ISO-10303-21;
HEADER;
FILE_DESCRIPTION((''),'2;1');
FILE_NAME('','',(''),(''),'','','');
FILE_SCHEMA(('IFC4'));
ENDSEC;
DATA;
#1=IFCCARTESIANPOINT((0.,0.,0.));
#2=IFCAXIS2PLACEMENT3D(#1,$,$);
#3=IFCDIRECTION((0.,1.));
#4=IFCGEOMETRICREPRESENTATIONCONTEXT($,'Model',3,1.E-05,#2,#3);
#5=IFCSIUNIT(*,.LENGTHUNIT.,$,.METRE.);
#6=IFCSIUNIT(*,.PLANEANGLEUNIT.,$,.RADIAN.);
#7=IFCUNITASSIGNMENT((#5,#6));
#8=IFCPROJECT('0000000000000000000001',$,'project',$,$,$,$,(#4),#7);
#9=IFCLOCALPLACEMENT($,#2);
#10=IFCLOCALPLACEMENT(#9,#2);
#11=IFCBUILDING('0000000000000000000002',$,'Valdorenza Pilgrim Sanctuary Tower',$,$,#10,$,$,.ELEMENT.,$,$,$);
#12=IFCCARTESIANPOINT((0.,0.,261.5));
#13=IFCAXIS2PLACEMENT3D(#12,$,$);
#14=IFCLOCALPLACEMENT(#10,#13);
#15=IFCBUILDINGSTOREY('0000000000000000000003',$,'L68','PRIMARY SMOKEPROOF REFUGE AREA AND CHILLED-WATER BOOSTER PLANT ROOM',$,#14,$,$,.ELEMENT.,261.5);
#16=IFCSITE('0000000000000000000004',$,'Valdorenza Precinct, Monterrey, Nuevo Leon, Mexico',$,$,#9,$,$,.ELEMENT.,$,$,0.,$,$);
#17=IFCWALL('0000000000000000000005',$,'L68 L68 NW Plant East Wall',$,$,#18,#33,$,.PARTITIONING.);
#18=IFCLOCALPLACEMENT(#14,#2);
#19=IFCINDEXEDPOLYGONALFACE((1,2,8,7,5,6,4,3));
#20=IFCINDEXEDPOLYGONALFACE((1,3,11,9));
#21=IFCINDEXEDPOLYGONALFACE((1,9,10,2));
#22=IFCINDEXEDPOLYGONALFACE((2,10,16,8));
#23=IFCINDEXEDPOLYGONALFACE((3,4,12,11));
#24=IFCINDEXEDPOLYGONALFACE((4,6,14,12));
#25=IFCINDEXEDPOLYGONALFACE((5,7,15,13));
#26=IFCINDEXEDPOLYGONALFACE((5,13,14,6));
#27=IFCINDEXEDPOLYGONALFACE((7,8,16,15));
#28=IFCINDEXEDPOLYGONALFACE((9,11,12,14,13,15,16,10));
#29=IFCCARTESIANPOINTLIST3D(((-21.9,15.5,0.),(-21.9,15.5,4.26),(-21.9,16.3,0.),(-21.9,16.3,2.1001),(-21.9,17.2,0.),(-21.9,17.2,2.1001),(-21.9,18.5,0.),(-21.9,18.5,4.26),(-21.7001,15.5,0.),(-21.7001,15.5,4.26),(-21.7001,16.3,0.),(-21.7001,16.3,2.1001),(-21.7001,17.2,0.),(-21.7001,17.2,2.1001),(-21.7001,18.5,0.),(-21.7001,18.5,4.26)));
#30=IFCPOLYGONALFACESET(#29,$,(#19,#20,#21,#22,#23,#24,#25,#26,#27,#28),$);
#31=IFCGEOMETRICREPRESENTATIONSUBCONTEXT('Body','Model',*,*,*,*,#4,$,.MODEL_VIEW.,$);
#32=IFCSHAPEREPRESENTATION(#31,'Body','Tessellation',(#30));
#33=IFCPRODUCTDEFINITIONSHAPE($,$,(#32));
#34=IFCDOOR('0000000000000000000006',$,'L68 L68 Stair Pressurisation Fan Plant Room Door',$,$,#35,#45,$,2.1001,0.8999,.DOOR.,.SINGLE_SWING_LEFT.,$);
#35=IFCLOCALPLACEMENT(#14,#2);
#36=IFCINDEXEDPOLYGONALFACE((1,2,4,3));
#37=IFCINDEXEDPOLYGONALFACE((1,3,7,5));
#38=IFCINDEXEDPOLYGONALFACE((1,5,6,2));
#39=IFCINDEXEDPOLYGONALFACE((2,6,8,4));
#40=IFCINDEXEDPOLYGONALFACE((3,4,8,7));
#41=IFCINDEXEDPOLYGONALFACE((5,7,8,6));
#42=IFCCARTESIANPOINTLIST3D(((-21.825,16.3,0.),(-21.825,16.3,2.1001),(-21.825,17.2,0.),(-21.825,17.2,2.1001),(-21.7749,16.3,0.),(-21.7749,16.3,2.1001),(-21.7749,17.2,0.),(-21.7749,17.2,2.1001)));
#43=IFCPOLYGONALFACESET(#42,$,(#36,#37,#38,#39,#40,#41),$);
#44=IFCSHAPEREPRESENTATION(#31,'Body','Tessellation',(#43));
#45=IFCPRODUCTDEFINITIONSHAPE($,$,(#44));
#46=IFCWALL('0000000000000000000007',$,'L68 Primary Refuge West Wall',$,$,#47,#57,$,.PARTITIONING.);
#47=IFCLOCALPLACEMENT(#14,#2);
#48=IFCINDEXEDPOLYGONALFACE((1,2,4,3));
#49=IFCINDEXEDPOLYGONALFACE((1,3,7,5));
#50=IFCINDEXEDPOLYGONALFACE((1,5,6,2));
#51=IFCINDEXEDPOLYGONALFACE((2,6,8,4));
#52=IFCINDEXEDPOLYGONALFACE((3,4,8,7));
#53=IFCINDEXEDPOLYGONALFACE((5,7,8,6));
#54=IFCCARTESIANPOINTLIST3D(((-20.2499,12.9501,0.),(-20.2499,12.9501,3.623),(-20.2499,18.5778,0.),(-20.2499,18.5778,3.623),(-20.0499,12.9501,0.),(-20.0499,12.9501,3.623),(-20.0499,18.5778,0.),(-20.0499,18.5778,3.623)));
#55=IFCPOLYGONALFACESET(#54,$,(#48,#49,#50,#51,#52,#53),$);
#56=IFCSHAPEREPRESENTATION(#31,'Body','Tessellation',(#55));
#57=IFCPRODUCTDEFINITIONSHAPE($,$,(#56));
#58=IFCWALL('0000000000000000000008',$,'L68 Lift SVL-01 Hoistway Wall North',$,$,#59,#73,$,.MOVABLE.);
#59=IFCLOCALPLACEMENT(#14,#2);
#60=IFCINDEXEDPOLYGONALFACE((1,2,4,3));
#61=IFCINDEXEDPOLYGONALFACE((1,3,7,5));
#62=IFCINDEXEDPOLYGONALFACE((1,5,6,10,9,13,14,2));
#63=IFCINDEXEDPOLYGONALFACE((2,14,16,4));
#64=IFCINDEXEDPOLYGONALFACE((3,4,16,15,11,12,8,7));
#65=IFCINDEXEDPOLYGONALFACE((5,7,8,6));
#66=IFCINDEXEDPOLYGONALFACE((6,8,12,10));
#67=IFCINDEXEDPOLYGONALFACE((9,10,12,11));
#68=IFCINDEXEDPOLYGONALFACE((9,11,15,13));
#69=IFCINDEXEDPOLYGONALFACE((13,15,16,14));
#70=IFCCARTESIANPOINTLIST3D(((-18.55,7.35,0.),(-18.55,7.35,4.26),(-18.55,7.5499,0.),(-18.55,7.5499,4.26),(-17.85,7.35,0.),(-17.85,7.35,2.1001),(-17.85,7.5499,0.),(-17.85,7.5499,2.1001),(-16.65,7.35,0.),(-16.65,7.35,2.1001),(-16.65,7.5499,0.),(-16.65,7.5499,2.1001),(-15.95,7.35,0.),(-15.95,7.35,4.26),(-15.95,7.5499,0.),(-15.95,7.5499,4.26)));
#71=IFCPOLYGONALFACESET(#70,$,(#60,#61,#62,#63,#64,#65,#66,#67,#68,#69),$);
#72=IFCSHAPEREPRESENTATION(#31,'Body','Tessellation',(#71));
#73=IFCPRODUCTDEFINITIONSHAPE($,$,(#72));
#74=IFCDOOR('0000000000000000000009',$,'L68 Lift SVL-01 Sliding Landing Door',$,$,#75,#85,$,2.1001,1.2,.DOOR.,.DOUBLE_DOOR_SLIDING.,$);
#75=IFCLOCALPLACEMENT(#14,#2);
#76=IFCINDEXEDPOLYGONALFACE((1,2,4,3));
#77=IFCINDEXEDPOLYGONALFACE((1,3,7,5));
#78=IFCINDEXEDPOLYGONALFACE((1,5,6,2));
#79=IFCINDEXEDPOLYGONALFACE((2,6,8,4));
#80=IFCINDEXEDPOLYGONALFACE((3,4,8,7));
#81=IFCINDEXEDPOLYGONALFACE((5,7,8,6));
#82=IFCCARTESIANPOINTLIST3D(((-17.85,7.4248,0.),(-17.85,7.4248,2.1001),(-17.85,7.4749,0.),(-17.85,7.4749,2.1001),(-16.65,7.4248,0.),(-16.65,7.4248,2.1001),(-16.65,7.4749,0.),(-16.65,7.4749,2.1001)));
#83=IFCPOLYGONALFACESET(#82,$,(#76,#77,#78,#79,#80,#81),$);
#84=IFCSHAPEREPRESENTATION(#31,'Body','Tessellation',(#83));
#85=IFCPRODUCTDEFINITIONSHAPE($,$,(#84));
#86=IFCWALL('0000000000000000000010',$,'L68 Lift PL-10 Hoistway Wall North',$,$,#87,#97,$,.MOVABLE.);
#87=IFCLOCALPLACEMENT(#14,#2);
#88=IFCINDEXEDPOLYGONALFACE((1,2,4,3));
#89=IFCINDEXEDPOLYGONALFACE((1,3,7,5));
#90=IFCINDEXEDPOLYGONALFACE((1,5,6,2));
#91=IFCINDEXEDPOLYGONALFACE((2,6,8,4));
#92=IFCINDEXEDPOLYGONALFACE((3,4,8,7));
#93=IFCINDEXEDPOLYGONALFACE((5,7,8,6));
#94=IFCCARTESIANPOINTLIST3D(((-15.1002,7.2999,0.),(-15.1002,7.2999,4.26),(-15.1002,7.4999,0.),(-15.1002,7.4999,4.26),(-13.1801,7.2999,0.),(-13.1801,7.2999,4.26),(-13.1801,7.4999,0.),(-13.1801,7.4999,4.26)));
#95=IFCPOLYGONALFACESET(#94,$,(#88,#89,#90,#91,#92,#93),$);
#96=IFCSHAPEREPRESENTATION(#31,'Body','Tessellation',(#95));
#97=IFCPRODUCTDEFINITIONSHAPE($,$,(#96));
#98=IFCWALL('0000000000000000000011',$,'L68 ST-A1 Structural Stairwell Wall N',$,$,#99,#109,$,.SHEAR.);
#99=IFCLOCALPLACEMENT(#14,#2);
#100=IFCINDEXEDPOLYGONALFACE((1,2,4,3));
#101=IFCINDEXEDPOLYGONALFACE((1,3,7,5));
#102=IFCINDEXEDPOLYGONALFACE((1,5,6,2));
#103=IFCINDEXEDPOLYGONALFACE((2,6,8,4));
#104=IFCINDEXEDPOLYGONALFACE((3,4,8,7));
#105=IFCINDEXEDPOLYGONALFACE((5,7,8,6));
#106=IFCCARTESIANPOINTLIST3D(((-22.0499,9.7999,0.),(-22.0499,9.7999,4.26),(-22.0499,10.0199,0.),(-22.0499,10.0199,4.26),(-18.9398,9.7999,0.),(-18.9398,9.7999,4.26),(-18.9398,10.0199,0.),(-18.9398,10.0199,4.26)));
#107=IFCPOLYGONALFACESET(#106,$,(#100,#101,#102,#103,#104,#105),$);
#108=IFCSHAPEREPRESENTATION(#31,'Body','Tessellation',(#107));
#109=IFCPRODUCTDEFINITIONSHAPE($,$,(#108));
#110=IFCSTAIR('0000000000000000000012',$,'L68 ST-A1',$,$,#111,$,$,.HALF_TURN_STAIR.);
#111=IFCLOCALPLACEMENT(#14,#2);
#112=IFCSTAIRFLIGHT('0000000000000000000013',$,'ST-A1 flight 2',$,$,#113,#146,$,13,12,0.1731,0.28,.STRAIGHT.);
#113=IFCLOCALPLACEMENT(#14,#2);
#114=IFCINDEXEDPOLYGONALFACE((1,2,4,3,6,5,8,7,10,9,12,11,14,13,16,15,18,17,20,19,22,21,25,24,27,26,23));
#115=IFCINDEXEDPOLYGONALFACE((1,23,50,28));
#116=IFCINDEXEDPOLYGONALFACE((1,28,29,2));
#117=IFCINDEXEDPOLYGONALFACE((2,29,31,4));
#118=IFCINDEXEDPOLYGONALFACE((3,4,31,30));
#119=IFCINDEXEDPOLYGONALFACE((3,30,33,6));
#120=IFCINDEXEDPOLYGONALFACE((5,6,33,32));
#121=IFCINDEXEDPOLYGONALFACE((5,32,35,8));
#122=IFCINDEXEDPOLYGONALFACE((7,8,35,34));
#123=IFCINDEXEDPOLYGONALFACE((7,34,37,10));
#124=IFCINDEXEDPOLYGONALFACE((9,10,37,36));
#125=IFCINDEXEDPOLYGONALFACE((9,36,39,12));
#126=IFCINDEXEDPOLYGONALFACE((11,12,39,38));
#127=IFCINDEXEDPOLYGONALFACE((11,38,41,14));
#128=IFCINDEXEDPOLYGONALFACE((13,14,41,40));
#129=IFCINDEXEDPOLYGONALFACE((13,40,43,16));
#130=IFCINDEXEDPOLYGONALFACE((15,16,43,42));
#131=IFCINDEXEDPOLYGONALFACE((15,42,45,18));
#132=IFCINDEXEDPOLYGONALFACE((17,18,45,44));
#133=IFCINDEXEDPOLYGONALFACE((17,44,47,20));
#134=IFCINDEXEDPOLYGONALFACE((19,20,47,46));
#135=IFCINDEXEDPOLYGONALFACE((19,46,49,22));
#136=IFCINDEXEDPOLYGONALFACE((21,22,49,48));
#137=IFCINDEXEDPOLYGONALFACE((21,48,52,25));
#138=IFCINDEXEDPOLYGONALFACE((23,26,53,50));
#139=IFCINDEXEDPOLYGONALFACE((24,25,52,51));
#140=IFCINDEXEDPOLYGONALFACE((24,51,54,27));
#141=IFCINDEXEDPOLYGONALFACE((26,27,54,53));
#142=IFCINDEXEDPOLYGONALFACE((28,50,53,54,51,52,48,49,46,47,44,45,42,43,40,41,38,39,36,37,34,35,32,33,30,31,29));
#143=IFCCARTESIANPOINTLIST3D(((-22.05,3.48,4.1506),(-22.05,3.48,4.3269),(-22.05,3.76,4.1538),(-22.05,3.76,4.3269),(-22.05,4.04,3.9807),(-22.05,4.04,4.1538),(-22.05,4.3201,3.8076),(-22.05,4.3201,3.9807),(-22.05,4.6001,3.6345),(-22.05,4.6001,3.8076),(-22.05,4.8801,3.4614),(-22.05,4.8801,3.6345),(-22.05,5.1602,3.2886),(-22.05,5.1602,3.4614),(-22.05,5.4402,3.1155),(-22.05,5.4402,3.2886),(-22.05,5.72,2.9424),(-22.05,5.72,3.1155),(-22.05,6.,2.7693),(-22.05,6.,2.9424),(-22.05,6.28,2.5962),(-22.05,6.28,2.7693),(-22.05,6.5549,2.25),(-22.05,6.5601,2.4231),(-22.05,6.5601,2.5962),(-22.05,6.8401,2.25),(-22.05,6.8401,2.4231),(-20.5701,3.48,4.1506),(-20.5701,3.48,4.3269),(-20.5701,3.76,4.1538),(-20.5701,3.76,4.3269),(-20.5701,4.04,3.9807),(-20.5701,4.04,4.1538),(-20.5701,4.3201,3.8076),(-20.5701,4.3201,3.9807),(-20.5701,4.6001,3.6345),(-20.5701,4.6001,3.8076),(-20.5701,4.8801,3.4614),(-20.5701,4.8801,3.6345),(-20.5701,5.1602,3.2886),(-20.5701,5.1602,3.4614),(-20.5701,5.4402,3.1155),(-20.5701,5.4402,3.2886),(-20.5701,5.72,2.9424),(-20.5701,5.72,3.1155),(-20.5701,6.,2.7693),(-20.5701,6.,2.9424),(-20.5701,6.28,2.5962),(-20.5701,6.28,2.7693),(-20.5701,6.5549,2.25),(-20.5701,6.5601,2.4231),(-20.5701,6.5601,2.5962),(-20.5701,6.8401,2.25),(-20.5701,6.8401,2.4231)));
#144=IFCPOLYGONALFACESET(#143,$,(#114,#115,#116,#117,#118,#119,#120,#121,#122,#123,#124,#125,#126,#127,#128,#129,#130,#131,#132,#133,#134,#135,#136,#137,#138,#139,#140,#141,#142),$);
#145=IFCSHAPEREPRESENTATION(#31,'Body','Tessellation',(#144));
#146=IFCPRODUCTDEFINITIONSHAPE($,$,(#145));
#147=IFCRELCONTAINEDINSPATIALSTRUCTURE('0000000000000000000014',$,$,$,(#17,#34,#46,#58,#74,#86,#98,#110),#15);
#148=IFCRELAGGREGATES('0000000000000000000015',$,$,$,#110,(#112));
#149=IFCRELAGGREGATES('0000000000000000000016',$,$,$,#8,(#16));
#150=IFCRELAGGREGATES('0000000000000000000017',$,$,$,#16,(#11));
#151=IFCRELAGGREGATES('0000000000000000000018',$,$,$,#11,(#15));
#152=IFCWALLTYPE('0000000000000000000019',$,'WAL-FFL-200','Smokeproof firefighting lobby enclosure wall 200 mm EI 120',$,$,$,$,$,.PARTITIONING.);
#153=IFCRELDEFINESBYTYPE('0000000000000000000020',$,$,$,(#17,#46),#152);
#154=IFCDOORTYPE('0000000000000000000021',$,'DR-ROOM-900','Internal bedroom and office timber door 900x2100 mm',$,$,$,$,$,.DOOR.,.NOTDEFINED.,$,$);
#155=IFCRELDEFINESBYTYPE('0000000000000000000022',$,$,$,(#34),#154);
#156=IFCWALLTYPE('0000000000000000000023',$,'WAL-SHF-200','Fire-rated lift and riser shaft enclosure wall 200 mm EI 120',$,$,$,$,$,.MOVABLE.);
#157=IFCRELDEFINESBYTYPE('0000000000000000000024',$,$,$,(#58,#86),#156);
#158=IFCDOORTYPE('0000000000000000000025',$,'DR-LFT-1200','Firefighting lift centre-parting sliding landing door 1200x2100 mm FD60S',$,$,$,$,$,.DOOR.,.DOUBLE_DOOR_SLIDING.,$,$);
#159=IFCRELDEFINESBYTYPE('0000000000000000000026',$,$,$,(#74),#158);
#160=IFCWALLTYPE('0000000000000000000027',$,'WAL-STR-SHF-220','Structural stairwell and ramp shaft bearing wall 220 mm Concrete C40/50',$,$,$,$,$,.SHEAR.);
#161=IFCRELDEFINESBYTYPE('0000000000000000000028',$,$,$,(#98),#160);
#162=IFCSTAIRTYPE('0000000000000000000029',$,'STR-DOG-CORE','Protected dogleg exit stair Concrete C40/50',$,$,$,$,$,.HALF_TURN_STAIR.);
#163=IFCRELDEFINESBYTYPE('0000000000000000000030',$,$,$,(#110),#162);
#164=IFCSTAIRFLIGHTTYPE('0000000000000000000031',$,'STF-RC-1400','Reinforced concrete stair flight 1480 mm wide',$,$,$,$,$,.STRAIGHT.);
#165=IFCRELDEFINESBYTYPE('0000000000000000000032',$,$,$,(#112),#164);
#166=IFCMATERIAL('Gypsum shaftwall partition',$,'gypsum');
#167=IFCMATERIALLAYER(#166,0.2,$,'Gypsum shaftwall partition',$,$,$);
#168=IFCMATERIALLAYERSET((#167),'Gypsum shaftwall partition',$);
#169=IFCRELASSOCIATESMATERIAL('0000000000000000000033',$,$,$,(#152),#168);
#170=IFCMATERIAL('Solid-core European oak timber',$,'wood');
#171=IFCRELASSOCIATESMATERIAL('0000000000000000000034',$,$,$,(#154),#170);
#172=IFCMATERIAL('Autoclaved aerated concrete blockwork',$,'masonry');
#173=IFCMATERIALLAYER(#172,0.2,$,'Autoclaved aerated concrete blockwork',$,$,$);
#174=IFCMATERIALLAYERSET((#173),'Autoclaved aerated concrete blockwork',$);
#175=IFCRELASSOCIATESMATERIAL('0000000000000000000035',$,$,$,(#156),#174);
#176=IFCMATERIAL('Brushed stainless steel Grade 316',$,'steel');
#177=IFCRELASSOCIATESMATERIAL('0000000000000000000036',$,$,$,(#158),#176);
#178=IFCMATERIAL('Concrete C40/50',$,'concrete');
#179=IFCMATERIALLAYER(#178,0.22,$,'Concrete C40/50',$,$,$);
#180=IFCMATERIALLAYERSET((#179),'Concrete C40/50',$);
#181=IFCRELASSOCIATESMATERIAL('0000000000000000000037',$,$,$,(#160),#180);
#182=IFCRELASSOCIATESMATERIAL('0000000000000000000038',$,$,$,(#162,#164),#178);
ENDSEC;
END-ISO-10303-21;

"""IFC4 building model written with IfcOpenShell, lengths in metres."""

from ifc_helpers import new_model, si_unit, direction, frame, frame_2d, origin, place, context, subcontext, project, spatial, polyline, rectangle, outline, extrude, material, layer, layer_set, type_object, element, fill, aggregate, save


model = new_model("IFC4")

# Units and contexts
model_context = context("Model", 3, precision=1e-05, world=origin(), true_north=direction((0.0, 1.0)))
body_context = subcontext(model_context, "Body", "Model", "MODEL_VIEW")
ifc_project = project(units=[si_unit("LENGTHUNIT", "METRE"), si_unit("PLANEANGLEUNIT", "RADIAN")], contexts=[model_context])

# Site, building, storey
site_placement = place(None, origin())
site = spatial("IfcSite", under=ifc_project, at=site_placement, Name="Valdorenza Precinct, Monterrey, Nuevo Leon, Mexico", CompositionType="ELEMENT", RefElevation=0.0)
building_placement = place(site_placement, origin())
building = spatial("IfcBuilding", under=site, at=building_placement, Name="Valdorenza Pilgrim Sanctuary Tower", CompositionType="ELEMENT")
storey_placement = place(building_placement, frame((0.0, 0.0, 261.5)))
storey = spatial("IfcBuildingStorey", under=building, at=storey_placement, Name="L68", Description="PRIMARY SMOKEPROOF REFUGE AREA AND CHILLED-WATER BOOSTER PLANT ROOM", CompositionType="ELEMENT", Elevation=261.5)

# Shared definitions
ifc_material_1 = material(Name="Solid-core European oak timber", Category="wood")

# Shared definitions
ifc_material_2 = material(Name="Gypsum shaftwall partition", Category="gypsum")
ifc_layer_1 = layer(ifc_material_2, 0.2, Name="Gypsum shaftwall partition")
ifc_layer_set_1 = layer_set([ifc_layer_1], Name="Gypsum shaftwall partition")
wall_type_1 = type_object("IfcWallType", Name="WAL-FFL-200", Description="Smokeproof firefighting lobby enclosure wall 200 mm EI 120", PredefinedType="PARTITIONING", material=ifc_layer_set_1)

# Wall, opening, door
wall_1_placement = place(storey_placement, frame((-21.8, 15.5, 0.0), z_axis=(0.0, 0.0, 1.0), x_axis=(0.0, 1.0, 0.0)))
wall_1 = element("IfcWall", 1, at=wall_1_placement, inside=storey, type_object=wall_type_1, Name="L68 L68 NW Plant East Wall", PredefinedType="PARTITIONING", context=body_context, shape_type="SweptSolid", body=[
    extrude(rectangle(XDim=3.0, YDim=0.2, at=frame_2d((1.5, 0.0))), origin(), (0.0, 0.0, 1.0), 4.26),
])
opening_1_placement = place(wall_1_placement, frame((0.8, 0.0, 0.0)))
opening_1 = element("IfcOpeningElement", 2, at=opening_1_placement, cuts=wall_1, PredefinedType="OPENING", context=body_context, shape_type="SweptSolid", body=[
    extrude(rectangle(XDim=0.8999, YDim=2.1001, at=frame_2d((0.45, 1.05))), frame((0.0, 0.1147, 0.0), z_axis=(0.0, -1.0, 0.0), x_axis=(1.0, 0.0, 0.0)), (0.0, 0.0, 1.0), 0.2297),
])
door_type_1 = type_object("IfcDoorType", Name="DR-ROOM-900", Description="Internal bedroom and office timber door 900x2100 mm", OperationType="NOTDEFINED", PredefinedType="DOOR", material=ifc_material_1)
door_1_placement = place(opening_1_placement, origin())
door_1 = element("IfcDoor", 3, at=door_1_placement, inside=storey, type_object=door_type_1, Name="L68 L68 Stair Pressurisation Fan Plant Room Door", OperationType="SINGLE_SWING_LEFT", OverallHeight=2.1001, OverallWidth=0.8999, PredefinedType="DOOR", context=body_context, shape_type="SweptSolid", body=[
    extrude(rectangle(XDim=0.8999, YDim=2.1001, at=frame_2d((0.45, 1.05))), frame((0.0, 0.0249, 0.0), z_axis=(0.0, -1.0, 0.0), x_axis=(1.0, 0.0, 0.0)), (0.0, 0.0, 1.0), 0.05),
])
fill(opening_1, door_1)

# Wall
wall_2_placement = place(storey_placement, frame((-20.1499, 12.95, 0.0), z_axis=(0.0, 0.0, 1.0), x_axis=(0.0, 1.0, 0.0)))
element("IfcWall", 4, at=wall_2_placement, inside=storey, type_object=wall_type_1, Name="L68 Primary Refuge West Wall", PredefinedType="PARTITIONING", context=body_context, shape_type="SweptSolid", body=[
    extrude(rectangle(XDim=5.6277, YDim=0.2, at=frame_2d((2.814, 0.0))), origin(), (0.0, 0.0, 1.0), 3.623),
])

# Wall, opening, door
ifc_material_3 = material(Name="Autoclaved aerated concrete blockwork", Category="masonry")
ifc_layer_2 = layer(ifc_material_3, 0.2, Name="Autoclaved aerated concrete blockwork")
ifc_layer_set_2 = layer_set([ifc_layer_2], Name="Autoclaved aerated concrete blockwork")
wall_type_2 = type_object("IfcWallType", Name="WAL-SHF-200", Description="Fire-rated lift and riser shaft enclosure wall 200 mm EI 120", PredefinedType="MOVABLE", material=ifc_layer_set_2)
wall_3_placement = place(storey_placement, frame((-18.55, 7.45, 0.0), z_axis=(0.0, 0.0, 1.0), x_axis=(1.0, 0.0, 0.0)))
wall_3 = element("IfcWall", 5, at=wall_3_placement, inside=storey, type_object=wall_type_2, Name="L68 Lift SVL-01 Hoistway Wall North", PredefinedType="MOVABLE", context=body_context, shape_type="SweptSolid", body=[
    extrude(rectangle(XDim=2.6001, YDim=0.2, at=frame_2d((1.3, 0.0))), origin(), (0.0, 0.0, 1.0), 4.26),
])
opening_2_placement = place(wall_3_placement, frame((0.7, 0.0, 0.0)))
opening_2 = element("IfcOpeningElement", 6, at=opening_2_placement, cuts=wall_3, PredefinedType="OPENING", context=body_context, shape_type="SweptSolid", body=[
    extrude(rectangle(XDim=1.2, YDim=2.1001, at=frame_2d((0.6001, 1.05))), frame((0.0, 0.1147, 0.0), z_axis=(0.0, -1.0, 0.0), x_axis=(1.0, 0.0, 0.0)), (0.0, 0.0, 1.0), 0.2297),
])
ifc_material_4 = material(Name="Brushed stainless steel Grade 316", Category="steel")
door_type_2 = type_object("IfcDoorType", Name="DR-LFT-1200", Description="Firefighting lift centre-parting sliding landing door 1200x2100 mm FD60S", OperationType="DOUBLE_DOOR_SLIDING", PredefinedType="DOOR", material=ifc_material_4)
door_2_placement = place(opening_2_placement, origin())
door_2 = element("IfcDoor", 7, at=door_2_placement, inside=storey, type_object=door_type_2, Name="L68 Lift SVL-01 Sliding Landing Door", OperationType="DOUBLE_DOOR_SLIDING", OverallHeight=2.1001, OverallWidth=1.2, PredefinedType="DOOR", context=body_context, shape_type="SweptSolid", body=[
    extrude(rectangle(XDim=1.2, YDim=2.1001, at=frame_2d((0.6001, 1.05))), frame((0.0, 0.0249, 0.0), z_axis=(0.0, -1.0, 0.0), x_axis=(1.0, 0.0, 0.0)), (0.0, 0.0, 1.0), 0.05),
])
fill(opening_2, door_2)

# Walls
wall_4_placement = place(storey_placement, frame((-15.1001, 7.3999, 0.0), z_axis=(0.0, 0.0, 1.0), x_axis=(1.0, 0.0, 0.0)))
element("IfcWall", 8, at=wall_4_placement, inside=storey, type_object=wall_type_2, Name="L68 Lift PL-10 Hoistway Wall North", PredefinedType="MOVABLE", context=body_context, shape_type="SweptSolid", body=[
    extrude(rectangle(XDim=1.9202, YDim=0.2, at=frame_2d((0.96, 0.0))), origin(), (0.0, 0.0, 1.0), 4.26),
])
ifc_material_5 = material(Name="Concrete C40/50", Category="concrete")
ifc_layer_3 = layer(ifc_material_5, 0.22, Name="Concrete C40/50")
ifc_layer_set_3 = layer_set([ifc_layer_3], Name="Concrete C40/50")
wall_type_3 = type_object("IfcWallType", Name="WAL-STR-SHF-220", Description="Structural stairwell and ramp shaft bearing wall 220 mm Concrete C40/50", PredefinedType="SHEAR", material=ifc_layer_set_3)
wall_5_placement = place(storey_placement, frame((-22.05, 9.9099, 0.0), z_axis=(0.0, 0.0, 1.0), x_axis=(1.0, 0.0, 0.0)))
element("IfcWall", 9, at=wall_5_placement, inside=storey, type_object=wall_type_3, Name="L68 ST-A1 Structural Stairwell Wall N", PredefinedType="SHEAR", context=body_context, shape_type="SweptSolid", body=[
    extrude(rectangle(XDim=3.1101, YDim=0.22, at=frame_2d((1.5552, 0.0))), origin(), (0.0, 0.0, 1.0), 4.26),
])

# Stair, stair flight
stair_type = type_object("IfcStairType", Name="STR-DOG-CORE", Description="Protected dogleg exit stair Concrete C40/50", PredefinedType="HALF_TURN_STAIR", material=ifc_material_5)
stair_placement = place(storey_placement, origin())
stair = element("IfcStair", 10, at=stair_placement, inside=storey, type_object=stair_type, Name="L68 ST-A1", PredefinedType="HALF_TURN_STAIR")
stair_flight_type = type_object("IfcStairFlightType", Name="STF-RC-1400", Description="Reinforced concrete stair flight 1480 mm wide", PredefinedType="STRAIGHT", material=ifc_material_5)
stair_flight_placement = place(storey_placement, frame((-21.3101, 6.8401, 2.25), z_axis=(0.0, 0.0, 1.0), x_axis=(0.0, -1.0, 0.0)))
stair_flight = element("IfcStairFlight", 11, at=stair_flight_placement, type_object=stair_flight_type, Name="ST-A1 flight 2", NumberOfRisers=13, NumberOfTreads=12, PredefinedType="STRAIGHT", RiserHeight=0.1731, TreadLength=0.28, context=body_context, shape_type="SweptSolid", body=[
    extrude(outline(polyline([(0.0, 0.0), (0.0, 0.1731), (0.28, 0.1731), (0.28, 0.3462), (0.5601, 0.3462), (0.5601, 0.5193), (0.8401, 0.5193), (0.8401, 0.6924), (1.1201, 0.6924), (1.1201, 0.8655), (1.3999, 0.8655), (1.3999, 1.0386), (1.6799, 1.0386), (1.6799, 1.2114), (1.96, 1.2114), (1.96, 1.3845), (2.24, 1.3845), (2.24, 1.5576), (2.52, 1.5576), (2.52, 1.7307), (2.8, 1.7307), (2.8, 1.9038), (3.0801, 1.9038), (3.0801, 2.0769), (3.3601, 2.0769), (3.3601, 2.25), (3.3601, 1.9006), (0.2852, 0.0), (0.0, 0.0)])), frame((0.0, 0.74, 0.0), z_axis=(0.0, -1.0, 0.0), x_axis=(1.0, 0.0, 0.0)), (0.0, 0.0, 1.0), 1.48),
])
aggregate(stair, [stair_flight])

save(model, "model.ifc")
